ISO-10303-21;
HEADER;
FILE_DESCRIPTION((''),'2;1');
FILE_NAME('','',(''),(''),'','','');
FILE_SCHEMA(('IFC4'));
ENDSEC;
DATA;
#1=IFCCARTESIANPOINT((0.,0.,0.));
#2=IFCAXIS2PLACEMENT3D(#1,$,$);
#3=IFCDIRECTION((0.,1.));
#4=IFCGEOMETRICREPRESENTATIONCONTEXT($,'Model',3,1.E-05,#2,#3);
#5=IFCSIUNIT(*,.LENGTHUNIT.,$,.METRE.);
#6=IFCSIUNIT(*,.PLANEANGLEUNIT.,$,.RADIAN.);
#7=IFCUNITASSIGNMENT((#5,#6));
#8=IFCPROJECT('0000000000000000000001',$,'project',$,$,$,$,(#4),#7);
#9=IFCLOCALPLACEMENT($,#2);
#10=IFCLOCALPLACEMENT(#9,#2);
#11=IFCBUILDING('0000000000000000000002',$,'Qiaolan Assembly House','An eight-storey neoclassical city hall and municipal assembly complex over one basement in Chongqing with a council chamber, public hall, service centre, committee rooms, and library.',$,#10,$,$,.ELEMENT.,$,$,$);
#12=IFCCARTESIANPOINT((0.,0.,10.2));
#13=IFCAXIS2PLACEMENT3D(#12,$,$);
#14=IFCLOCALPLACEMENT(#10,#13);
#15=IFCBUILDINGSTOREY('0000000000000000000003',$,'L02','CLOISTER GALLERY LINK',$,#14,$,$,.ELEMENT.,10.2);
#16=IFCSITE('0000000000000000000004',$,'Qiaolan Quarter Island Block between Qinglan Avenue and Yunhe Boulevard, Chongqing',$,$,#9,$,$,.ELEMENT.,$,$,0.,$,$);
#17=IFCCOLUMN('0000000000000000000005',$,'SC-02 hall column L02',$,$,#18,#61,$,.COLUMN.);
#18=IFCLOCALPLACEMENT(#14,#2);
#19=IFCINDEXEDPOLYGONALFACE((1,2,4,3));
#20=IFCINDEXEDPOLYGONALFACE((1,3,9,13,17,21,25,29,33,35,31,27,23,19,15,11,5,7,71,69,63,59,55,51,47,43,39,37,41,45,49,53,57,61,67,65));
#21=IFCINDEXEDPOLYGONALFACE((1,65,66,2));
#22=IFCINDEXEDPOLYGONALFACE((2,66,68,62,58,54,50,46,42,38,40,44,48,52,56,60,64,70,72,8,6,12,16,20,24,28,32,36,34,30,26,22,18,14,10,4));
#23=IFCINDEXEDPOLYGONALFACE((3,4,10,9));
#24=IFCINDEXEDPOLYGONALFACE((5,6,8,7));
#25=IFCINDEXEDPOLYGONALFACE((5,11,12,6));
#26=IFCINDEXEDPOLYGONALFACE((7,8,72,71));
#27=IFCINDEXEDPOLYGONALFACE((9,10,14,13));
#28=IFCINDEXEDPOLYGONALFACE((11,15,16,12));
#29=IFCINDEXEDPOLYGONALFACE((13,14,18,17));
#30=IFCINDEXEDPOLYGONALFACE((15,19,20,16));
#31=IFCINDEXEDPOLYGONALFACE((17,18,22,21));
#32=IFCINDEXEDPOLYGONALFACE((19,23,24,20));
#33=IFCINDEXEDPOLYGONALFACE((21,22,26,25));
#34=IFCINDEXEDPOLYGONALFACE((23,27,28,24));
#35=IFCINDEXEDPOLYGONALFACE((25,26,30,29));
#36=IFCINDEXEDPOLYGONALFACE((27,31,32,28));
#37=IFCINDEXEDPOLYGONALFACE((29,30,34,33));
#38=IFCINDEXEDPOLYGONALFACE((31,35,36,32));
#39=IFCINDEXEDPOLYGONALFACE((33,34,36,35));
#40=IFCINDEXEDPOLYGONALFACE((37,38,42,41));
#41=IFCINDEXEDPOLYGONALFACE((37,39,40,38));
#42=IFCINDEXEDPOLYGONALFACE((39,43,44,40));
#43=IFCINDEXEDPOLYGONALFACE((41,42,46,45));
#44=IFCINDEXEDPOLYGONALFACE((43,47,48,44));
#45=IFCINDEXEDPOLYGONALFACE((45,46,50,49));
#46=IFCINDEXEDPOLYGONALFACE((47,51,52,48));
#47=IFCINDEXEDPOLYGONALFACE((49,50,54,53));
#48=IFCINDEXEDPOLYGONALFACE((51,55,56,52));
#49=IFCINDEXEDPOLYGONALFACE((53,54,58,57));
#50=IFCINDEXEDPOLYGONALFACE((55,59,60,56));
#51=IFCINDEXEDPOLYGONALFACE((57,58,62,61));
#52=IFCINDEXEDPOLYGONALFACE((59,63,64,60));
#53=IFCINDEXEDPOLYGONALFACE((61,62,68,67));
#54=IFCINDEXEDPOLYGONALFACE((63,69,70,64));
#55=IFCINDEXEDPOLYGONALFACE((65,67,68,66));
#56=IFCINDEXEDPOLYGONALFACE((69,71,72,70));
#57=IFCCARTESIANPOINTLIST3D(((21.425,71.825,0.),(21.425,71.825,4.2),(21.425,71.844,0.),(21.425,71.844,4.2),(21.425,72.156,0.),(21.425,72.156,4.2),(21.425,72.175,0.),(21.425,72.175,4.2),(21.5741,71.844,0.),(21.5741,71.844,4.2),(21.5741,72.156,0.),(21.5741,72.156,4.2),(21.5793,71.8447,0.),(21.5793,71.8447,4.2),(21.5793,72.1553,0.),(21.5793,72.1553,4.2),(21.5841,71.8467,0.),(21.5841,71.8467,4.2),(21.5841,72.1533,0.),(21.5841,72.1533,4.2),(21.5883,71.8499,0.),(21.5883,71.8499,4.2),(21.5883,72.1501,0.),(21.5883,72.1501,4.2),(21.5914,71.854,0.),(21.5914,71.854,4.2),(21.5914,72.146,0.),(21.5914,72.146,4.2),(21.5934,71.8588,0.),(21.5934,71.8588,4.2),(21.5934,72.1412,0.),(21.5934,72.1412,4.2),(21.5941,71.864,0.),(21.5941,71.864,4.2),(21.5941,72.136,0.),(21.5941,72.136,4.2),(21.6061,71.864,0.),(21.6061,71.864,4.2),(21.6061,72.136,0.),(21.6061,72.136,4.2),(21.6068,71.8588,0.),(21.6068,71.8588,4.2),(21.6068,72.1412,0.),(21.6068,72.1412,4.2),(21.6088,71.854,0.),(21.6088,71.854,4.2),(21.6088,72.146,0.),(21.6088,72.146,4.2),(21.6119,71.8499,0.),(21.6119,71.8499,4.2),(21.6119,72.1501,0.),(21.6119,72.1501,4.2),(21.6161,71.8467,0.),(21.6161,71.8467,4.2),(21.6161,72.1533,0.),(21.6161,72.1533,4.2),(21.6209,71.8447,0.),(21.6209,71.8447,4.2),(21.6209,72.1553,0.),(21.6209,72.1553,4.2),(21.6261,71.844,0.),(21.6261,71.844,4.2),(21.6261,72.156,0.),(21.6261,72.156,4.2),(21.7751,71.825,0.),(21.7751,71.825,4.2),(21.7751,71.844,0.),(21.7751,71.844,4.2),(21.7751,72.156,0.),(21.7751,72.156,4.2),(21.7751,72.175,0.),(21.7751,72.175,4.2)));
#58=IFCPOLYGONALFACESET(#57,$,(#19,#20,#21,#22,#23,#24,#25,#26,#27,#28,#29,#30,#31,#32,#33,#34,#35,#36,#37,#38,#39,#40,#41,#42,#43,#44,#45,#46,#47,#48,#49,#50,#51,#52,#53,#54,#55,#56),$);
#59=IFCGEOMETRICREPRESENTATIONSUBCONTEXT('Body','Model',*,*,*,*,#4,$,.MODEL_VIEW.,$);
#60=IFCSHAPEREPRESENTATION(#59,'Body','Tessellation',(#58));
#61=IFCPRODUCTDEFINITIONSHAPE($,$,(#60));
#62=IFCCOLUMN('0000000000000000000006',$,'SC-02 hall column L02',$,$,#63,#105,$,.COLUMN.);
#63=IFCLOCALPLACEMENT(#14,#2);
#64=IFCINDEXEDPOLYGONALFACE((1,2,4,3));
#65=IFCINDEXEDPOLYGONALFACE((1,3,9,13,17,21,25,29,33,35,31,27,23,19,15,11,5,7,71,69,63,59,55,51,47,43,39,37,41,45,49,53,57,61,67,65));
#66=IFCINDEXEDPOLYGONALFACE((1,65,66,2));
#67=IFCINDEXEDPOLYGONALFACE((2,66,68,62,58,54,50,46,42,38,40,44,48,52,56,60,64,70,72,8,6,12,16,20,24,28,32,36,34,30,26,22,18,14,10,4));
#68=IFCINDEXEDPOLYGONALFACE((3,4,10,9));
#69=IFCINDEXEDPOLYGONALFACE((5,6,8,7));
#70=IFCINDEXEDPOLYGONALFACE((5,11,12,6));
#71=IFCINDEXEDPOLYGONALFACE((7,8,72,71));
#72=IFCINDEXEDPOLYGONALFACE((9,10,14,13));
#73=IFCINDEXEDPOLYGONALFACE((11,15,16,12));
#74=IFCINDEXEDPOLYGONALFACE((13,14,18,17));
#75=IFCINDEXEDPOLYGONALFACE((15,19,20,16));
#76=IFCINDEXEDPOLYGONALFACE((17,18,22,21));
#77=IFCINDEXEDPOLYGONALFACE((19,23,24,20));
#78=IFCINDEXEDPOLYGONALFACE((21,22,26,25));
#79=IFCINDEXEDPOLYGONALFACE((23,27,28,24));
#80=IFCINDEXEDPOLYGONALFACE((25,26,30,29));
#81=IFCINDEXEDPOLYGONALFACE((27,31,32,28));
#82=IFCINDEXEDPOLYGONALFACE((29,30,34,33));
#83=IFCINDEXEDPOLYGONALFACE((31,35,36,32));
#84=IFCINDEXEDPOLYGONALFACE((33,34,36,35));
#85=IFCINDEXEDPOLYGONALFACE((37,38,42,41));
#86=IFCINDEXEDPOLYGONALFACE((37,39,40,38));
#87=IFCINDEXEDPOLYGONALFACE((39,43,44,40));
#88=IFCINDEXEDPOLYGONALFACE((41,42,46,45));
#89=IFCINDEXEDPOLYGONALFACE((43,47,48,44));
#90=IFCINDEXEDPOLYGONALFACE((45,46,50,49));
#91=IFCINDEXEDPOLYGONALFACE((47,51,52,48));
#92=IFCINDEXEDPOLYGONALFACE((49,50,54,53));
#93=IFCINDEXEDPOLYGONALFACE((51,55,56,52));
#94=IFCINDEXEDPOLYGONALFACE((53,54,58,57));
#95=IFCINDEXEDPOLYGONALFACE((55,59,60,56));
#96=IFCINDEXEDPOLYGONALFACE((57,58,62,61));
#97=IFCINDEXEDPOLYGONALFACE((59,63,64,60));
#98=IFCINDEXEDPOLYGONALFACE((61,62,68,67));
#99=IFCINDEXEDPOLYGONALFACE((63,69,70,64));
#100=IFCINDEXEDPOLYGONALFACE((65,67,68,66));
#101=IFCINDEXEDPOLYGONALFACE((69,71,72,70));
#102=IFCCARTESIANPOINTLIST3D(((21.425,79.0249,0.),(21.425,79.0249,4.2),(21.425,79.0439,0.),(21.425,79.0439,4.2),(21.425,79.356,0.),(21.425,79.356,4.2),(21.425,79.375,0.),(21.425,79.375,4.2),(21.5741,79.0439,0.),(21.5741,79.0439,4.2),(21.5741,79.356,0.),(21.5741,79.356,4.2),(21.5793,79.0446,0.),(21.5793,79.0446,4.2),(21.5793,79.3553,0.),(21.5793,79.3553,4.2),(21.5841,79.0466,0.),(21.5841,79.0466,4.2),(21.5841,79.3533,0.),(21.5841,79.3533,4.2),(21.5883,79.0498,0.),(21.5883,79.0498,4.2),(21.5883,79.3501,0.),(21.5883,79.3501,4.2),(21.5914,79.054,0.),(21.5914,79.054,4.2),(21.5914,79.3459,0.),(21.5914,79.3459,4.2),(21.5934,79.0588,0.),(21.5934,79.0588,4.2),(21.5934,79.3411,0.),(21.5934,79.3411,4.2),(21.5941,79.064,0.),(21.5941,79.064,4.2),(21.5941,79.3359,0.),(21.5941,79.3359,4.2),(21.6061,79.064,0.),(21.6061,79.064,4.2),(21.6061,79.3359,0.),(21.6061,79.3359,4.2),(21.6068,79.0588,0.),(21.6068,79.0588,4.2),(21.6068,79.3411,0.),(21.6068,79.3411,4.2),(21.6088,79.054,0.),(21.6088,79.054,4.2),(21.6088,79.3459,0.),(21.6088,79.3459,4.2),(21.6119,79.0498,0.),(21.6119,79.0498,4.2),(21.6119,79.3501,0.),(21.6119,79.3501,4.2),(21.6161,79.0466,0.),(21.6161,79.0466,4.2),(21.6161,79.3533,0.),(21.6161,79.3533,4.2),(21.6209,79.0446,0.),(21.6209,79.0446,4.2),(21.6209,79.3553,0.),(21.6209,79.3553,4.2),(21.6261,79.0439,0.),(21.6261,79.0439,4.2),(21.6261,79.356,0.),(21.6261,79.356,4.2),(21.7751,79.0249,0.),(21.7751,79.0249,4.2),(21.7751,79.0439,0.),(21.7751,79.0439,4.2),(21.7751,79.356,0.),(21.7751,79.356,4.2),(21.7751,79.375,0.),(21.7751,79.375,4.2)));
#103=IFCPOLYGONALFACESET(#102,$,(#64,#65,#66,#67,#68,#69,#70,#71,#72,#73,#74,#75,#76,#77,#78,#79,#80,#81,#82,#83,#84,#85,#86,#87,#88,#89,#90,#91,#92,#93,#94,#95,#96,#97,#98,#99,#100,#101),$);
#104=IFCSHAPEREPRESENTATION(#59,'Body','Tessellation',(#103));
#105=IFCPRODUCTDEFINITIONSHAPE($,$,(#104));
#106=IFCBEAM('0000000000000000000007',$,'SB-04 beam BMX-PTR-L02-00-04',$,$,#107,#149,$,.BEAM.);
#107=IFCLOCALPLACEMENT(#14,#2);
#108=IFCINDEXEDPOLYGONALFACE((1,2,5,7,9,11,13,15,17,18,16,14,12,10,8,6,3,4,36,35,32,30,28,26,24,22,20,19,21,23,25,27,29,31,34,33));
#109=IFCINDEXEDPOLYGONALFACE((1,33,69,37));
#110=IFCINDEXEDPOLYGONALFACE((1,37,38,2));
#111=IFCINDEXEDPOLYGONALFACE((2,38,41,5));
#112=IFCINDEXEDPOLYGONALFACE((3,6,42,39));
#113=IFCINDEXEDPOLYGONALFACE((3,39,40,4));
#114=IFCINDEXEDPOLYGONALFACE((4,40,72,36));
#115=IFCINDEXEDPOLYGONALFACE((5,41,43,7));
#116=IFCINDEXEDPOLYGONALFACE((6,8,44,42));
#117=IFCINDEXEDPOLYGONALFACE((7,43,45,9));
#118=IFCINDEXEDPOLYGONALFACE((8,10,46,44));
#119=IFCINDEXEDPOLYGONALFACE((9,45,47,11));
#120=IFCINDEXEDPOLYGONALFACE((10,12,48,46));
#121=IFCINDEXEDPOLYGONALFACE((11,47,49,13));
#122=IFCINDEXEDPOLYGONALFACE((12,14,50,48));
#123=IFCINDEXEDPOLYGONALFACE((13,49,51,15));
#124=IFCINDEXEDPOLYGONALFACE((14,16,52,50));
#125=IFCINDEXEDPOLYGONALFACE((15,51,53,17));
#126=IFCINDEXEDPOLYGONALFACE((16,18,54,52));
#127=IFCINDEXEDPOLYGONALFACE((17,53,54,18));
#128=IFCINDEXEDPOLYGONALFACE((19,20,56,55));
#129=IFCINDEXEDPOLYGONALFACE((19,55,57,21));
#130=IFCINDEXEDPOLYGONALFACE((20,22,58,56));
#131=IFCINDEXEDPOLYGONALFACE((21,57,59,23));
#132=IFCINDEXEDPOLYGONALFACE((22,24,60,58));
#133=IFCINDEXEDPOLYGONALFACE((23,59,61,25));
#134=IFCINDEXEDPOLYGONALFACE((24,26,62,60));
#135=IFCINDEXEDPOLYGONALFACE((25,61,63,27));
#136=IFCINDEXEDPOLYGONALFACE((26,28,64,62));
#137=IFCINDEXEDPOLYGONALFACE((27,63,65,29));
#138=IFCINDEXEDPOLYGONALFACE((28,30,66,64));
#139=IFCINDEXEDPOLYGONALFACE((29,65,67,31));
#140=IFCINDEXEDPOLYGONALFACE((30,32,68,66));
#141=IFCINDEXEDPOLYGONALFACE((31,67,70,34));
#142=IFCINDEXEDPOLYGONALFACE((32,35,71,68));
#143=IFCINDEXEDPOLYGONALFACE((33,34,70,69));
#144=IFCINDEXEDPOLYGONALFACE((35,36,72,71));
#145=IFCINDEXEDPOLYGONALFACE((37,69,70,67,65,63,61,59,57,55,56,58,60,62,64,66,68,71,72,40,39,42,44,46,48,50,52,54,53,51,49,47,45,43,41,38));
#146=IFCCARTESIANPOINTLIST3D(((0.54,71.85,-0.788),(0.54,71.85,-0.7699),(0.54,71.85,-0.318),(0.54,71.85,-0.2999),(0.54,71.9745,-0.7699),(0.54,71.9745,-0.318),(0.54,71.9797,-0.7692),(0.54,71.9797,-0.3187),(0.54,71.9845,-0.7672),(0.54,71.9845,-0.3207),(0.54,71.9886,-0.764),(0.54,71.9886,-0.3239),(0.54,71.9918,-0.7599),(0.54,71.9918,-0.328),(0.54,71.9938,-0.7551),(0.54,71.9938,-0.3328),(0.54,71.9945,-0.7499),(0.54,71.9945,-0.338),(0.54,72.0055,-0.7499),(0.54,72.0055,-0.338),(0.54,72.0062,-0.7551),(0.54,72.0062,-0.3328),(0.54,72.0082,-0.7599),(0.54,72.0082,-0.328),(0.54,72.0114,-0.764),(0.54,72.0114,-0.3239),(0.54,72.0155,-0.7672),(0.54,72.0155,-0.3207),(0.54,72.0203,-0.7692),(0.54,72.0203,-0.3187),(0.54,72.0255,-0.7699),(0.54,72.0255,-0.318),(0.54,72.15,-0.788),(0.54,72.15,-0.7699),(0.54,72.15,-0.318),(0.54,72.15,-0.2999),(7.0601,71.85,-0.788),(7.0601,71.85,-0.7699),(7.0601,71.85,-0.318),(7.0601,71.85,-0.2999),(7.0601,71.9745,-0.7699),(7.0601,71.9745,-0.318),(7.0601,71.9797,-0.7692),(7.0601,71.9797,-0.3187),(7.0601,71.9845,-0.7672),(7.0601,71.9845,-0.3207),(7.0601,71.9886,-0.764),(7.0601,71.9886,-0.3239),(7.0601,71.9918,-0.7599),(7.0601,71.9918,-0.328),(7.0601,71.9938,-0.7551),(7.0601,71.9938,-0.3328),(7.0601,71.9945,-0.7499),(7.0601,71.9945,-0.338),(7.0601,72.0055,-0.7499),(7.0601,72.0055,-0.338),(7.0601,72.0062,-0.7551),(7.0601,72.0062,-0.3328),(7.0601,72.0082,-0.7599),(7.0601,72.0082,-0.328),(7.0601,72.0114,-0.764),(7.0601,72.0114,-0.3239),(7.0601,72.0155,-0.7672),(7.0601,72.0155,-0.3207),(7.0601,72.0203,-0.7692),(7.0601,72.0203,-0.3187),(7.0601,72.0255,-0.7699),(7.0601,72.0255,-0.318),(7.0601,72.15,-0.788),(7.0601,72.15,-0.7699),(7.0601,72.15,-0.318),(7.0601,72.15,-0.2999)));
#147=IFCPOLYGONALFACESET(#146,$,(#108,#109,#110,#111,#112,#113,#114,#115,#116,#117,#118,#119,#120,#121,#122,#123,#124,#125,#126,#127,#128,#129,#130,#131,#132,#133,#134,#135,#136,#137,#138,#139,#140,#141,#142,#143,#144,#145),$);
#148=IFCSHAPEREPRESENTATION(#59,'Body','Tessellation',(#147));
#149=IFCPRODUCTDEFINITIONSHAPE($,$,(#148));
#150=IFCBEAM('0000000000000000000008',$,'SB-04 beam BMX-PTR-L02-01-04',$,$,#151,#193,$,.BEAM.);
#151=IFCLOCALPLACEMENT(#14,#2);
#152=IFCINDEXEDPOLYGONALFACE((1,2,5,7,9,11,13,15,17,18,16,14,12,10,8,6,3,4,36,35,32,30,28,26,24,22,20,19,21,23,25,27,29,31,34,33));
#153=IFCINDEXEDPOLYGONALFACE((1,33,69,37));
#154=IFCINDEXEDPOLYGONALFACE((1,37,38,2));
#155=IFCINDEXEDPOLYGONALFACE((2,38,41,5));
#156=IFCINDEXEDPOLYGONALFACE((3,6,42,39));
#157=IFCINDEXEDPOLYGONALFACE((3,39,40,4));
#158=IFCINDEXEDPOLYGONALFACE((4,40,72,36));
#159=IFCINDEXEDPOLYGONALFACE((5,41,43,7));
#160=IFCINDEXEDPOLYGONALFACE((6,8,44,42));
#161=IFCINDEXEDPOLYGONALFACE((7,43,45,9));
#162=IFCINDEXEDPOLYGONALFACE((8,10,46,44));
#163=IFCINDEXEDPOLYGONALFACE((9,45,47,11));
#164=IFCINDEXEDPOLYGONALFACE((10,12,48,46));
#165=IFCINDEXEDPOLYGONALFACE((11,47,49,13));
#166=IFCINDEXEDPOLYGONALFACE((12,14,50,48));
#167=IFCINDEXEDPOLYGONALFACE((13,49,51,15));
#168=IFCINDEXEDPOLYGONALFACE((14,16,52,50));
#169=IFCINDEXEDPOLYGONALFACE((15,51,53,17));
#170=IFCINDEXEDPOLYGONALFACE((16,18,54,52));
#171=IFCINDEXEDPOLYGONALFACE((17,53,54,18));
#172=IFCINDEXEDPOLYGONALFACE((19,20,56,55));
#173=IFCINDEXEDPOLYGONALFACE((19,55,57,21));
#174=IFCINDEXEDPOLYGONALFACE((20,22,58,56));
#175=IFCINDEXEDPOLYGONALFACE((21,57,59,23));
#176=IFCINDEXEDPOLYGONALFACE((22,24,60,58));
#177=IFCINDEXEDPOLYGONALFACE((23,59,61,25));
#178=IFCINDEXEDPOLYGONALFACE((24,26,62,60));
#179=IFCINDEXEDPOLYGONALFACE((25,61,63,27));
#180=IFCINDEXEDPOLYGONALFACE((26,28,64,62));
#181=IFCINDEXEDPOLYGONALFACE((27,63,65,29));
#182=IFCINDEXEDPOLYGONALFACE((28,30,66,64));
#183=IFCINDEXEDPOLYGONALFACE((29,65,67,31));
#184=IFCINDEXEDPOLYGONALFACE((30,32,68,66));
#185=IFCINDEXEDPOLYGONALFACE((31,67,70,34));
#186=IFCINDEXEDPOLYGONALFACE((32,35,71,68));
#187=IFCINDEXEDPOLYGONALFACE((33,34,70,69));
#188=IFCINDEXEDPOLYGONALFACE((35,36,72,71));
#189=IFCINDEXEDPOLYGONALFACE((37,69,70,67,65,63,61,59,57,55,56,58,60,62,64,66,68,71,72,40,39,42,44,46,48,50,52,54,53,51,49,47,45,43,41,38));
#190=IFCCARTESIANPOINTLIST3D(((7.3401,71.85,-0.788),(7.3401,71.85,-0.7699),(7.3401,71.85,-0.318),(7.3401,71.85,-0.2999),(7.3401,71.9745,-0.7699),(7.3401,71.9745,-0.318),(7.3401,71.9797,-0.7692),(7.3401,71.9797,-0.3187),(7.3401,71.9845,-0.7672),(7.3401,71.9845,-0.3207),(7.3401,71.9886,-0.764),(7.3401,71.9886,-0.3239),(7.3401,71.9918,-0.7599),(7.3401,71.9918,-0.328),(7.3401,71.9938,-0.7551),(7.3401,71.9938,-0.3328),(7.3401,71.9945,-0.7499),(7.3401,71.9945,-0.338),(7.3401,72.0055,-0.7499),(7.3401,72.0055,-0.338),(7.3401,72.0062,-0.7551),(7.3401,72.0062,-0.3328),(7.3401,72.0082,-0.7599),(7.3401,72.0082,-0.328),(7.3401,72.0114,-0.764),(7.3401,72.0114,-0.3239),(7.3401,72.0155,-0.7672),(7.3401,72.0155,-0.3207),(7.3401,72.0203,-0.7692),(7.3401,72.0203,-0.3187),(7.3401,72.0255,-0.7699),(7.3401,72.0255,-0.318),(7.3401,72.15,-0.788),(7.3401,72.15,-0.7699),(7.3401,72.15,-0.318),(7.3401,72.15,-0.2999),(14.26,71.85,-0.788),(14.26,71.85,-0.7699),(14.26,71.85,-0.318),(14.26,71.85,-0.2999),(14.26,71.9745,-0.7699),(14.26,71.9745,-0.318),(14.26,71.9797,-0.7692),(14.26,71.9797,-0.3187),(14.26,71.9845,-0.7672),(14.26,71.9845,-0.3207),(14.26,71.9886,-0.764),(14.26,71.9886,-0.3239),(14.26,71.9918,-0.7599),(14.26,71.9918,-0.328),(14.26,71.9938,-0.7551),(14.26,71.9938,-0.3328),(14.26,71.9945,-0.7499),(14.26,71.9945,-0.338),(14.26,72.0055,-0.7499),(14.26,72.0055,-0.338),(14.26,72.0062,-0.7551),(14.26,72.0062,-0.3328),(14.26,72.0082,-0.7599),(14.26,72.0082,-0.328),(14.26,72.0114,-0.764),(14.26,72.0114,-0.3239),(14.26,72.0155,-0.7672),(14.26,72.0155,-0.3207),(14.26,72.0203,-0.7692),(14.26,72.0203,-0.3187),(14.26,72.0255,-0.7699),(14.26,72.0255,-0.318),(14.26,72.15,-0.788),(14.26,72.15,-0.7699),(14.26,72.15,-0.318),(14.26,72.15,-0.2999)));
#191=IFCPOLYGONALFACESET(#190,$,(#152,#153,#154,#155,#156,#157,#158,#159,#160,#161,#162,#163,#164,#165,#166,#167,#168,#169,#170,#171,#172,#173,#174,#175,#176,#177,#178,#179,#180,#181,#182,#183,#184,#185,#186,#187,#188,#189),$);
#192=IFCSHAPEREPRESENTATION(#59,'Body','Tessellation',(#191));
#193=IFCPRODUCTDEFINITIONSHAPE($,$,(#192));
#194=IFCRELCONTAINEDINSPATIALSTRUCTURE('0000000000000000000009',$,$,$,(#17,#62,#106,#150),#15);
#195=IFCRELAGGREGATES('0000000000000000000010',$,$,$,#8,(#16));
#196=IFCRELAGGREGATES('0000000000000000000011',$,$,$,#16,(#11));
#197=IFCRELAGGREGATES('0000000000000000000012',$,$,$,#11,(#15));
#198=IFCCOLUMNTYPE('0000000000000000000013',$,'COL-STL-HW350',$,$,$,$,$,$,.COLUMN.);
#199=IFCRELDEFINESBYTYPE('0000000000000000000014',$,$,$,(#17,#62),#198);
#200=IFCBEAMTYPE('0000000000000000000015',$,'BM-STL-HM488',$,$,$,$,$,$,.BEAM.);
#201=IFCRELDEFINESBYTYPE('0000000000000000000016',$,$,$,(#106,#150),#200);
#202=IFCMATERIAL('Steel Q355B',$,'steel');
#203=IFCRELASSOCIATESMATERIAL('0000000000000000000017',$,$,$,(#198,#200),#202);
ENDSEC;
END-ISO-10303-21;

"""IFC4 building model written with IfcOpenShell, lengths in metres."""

from ifc_helpers import new_model, si_unit, direction, frame, origin, origin_2d, place, context, subcontext, project, spatial, i_section, extrude, material, material_profile, profile_set, type_object, element, save


model = new_model("IFC4")

# Units and contexts
model_context = context("Model", 3, precision=1e-05, world=origin(), true_north=direction((0.0, 1.0)))
body_context = subcontext(model_context, "Body", "Model", "MODEL_VIEW")
ifc_project = project(units=[si_unit("LENGTHUNIT", "METRE"), si_unit("PLANEANGLEUNIT", "RADIAN")], contexts=[model_context])

# Site, building, storey
site_placement = place(None, origin())
site = spatial("IfcSite", under=ifc_project, at=site_placement, Name="Qiaolan Quarter Island Block between Qinglan Avenue and Yunhe Boulevard, Chongqing", CompositionType="ELEMENT", RefElevation=0.0)
building_placement = place(site_placement, origin())
building = spatial("IfcBuilding", under=site, at=building_placement, Name="Qiaolan Assembly House", Description="An eight-storey neoclassical city hall and municipal assembly complex over one basement in Chongqing with a council chamber, public hall, service centre, committee rooms, and library.", CompositionType="ELEMENT")
storey_placement = place(building_placement, frame((0.0, 0.0, 10.2)))
storey = spatial("IfcBuildingStorey", under=building, at=storey_placement, Name="L02", Description="CLOISTER GALLERY LINK", CompositionType="ELEMENT", Elevation=10.2)

# Columns
ifc_material_1 = material(Name="Steel Q355B", Category="steel")
ifc_material_profile_1 = material_profile(ifc_material_1, i_section(OverallWidth=0.3501, OverallDepth=0.3501, WebThickness=0.012, FlangeThickness=0.019, FilletRadius=0.02, at=origin_2d()), Name="HW 350x350x12x19")
ifc_profile_set_1 = profile_set([ifc_material_profile_1], Name="Steel Q355B")
column_type = type_object("IfcColumnType", Name="COL-STL-HW350", PredefinedType="COLUMN", material=ifc_profile_set_1)
for number, where, z_axis, x_axis, name in (
    (1, (21.6001, 72.0, 0.0), (0.0, 0.0, 1.0), (1.0, 0.0, 0.0), "SC-02 hall column L02"),
    (2, (21.6001, 79.2, 0.0), (0.0, 0.0, 1.0), (1.0, 0.0, 0.0), "SC-02 hall column L02"),
):
    element("IfcColumn", number, at=place(storey_placement, frame(where, z_axis=z_axis, x_axis=x_axis)), inside=storey, type_object=column_type, Name=name, PredefinedType="COLUMN", context=body_context, shape_type="SweptSolid", body=[
        extrude(i_section(OverallWidth=0.3501, OverallDepth=0.3501, WebThickness=0.012, FlangeThickness=0.019, FilletRadius=0.02, at=origin_2d()), origin(), (0.0, 0.0, 1.0), 4.2),
    ])

# Beams
ifc_material_profile_2 = material_profile(ifc_material_1, i_section(OverallWidth=0.3, OverallDepth=0.488, WebThickness=0.011, FlangeThickness=0.0181, FilletRadius=0.02, at=origin_2d()), Name="HM 488x300x11x18")
ifc_profile_set_2 = profile_set([ifc_material_profile_2], Name="Steel Q355B")
beam_type_1 = type_object("IfcBeamType", Name="BM-STL-HM488", PredefinedType="BEAM", material=ifc_profile_set_2)
beam_1_placement = place(storey_placement, frame((0.54, 72.0, -0.5439), z_axis=(1.0, 0.0, 0.0), x_axis=(0.0, 1.0, 0.0)))
element("IfcBeam", 3, at=beam_1_placement, inside=storey, type_object=beam_type_1, Name="SB-04 beam BMX-PTR-L02-00-04", PredefinedType="BEAM", context=body_context, shape_type="SweptSolid", body=[
    extrude(i_section(OverallWidth=0.3, OverallDepth=0.488, WebThickness=0.011, FlangeThickness=0.0181, FilletRadius=0.02, at=origin_2d()), origin(), (0.0, 0.0, 1.0), 6.52),
])
beam_2_placement = place(storey_placement, frame((7.3401, 72.0, -0.5439), z_axis=(1.0, 0.0, 0.0), x_axis=(0.0, 1.0, 0.0)))
element("IfcBeam", 4, at=beam_2_placement, inside=storey, type_object=beam_type_1, Name="SB-04 beam BMX-PTR-L02-01-04", PredefinedType="BEAM", context=body_context, shape_type="SweptSolid", body=[
    extrude(i_section(OverallWidth=0.3, OverallDepth=0.488, WebThickness=0.011, FlangeThickness=0.0181, FilletRadius=0.02, at=origin_2d()), origin(), (0.0, 0.0, 1.0), 6.9199),
])

save(model, "model.ifc")
